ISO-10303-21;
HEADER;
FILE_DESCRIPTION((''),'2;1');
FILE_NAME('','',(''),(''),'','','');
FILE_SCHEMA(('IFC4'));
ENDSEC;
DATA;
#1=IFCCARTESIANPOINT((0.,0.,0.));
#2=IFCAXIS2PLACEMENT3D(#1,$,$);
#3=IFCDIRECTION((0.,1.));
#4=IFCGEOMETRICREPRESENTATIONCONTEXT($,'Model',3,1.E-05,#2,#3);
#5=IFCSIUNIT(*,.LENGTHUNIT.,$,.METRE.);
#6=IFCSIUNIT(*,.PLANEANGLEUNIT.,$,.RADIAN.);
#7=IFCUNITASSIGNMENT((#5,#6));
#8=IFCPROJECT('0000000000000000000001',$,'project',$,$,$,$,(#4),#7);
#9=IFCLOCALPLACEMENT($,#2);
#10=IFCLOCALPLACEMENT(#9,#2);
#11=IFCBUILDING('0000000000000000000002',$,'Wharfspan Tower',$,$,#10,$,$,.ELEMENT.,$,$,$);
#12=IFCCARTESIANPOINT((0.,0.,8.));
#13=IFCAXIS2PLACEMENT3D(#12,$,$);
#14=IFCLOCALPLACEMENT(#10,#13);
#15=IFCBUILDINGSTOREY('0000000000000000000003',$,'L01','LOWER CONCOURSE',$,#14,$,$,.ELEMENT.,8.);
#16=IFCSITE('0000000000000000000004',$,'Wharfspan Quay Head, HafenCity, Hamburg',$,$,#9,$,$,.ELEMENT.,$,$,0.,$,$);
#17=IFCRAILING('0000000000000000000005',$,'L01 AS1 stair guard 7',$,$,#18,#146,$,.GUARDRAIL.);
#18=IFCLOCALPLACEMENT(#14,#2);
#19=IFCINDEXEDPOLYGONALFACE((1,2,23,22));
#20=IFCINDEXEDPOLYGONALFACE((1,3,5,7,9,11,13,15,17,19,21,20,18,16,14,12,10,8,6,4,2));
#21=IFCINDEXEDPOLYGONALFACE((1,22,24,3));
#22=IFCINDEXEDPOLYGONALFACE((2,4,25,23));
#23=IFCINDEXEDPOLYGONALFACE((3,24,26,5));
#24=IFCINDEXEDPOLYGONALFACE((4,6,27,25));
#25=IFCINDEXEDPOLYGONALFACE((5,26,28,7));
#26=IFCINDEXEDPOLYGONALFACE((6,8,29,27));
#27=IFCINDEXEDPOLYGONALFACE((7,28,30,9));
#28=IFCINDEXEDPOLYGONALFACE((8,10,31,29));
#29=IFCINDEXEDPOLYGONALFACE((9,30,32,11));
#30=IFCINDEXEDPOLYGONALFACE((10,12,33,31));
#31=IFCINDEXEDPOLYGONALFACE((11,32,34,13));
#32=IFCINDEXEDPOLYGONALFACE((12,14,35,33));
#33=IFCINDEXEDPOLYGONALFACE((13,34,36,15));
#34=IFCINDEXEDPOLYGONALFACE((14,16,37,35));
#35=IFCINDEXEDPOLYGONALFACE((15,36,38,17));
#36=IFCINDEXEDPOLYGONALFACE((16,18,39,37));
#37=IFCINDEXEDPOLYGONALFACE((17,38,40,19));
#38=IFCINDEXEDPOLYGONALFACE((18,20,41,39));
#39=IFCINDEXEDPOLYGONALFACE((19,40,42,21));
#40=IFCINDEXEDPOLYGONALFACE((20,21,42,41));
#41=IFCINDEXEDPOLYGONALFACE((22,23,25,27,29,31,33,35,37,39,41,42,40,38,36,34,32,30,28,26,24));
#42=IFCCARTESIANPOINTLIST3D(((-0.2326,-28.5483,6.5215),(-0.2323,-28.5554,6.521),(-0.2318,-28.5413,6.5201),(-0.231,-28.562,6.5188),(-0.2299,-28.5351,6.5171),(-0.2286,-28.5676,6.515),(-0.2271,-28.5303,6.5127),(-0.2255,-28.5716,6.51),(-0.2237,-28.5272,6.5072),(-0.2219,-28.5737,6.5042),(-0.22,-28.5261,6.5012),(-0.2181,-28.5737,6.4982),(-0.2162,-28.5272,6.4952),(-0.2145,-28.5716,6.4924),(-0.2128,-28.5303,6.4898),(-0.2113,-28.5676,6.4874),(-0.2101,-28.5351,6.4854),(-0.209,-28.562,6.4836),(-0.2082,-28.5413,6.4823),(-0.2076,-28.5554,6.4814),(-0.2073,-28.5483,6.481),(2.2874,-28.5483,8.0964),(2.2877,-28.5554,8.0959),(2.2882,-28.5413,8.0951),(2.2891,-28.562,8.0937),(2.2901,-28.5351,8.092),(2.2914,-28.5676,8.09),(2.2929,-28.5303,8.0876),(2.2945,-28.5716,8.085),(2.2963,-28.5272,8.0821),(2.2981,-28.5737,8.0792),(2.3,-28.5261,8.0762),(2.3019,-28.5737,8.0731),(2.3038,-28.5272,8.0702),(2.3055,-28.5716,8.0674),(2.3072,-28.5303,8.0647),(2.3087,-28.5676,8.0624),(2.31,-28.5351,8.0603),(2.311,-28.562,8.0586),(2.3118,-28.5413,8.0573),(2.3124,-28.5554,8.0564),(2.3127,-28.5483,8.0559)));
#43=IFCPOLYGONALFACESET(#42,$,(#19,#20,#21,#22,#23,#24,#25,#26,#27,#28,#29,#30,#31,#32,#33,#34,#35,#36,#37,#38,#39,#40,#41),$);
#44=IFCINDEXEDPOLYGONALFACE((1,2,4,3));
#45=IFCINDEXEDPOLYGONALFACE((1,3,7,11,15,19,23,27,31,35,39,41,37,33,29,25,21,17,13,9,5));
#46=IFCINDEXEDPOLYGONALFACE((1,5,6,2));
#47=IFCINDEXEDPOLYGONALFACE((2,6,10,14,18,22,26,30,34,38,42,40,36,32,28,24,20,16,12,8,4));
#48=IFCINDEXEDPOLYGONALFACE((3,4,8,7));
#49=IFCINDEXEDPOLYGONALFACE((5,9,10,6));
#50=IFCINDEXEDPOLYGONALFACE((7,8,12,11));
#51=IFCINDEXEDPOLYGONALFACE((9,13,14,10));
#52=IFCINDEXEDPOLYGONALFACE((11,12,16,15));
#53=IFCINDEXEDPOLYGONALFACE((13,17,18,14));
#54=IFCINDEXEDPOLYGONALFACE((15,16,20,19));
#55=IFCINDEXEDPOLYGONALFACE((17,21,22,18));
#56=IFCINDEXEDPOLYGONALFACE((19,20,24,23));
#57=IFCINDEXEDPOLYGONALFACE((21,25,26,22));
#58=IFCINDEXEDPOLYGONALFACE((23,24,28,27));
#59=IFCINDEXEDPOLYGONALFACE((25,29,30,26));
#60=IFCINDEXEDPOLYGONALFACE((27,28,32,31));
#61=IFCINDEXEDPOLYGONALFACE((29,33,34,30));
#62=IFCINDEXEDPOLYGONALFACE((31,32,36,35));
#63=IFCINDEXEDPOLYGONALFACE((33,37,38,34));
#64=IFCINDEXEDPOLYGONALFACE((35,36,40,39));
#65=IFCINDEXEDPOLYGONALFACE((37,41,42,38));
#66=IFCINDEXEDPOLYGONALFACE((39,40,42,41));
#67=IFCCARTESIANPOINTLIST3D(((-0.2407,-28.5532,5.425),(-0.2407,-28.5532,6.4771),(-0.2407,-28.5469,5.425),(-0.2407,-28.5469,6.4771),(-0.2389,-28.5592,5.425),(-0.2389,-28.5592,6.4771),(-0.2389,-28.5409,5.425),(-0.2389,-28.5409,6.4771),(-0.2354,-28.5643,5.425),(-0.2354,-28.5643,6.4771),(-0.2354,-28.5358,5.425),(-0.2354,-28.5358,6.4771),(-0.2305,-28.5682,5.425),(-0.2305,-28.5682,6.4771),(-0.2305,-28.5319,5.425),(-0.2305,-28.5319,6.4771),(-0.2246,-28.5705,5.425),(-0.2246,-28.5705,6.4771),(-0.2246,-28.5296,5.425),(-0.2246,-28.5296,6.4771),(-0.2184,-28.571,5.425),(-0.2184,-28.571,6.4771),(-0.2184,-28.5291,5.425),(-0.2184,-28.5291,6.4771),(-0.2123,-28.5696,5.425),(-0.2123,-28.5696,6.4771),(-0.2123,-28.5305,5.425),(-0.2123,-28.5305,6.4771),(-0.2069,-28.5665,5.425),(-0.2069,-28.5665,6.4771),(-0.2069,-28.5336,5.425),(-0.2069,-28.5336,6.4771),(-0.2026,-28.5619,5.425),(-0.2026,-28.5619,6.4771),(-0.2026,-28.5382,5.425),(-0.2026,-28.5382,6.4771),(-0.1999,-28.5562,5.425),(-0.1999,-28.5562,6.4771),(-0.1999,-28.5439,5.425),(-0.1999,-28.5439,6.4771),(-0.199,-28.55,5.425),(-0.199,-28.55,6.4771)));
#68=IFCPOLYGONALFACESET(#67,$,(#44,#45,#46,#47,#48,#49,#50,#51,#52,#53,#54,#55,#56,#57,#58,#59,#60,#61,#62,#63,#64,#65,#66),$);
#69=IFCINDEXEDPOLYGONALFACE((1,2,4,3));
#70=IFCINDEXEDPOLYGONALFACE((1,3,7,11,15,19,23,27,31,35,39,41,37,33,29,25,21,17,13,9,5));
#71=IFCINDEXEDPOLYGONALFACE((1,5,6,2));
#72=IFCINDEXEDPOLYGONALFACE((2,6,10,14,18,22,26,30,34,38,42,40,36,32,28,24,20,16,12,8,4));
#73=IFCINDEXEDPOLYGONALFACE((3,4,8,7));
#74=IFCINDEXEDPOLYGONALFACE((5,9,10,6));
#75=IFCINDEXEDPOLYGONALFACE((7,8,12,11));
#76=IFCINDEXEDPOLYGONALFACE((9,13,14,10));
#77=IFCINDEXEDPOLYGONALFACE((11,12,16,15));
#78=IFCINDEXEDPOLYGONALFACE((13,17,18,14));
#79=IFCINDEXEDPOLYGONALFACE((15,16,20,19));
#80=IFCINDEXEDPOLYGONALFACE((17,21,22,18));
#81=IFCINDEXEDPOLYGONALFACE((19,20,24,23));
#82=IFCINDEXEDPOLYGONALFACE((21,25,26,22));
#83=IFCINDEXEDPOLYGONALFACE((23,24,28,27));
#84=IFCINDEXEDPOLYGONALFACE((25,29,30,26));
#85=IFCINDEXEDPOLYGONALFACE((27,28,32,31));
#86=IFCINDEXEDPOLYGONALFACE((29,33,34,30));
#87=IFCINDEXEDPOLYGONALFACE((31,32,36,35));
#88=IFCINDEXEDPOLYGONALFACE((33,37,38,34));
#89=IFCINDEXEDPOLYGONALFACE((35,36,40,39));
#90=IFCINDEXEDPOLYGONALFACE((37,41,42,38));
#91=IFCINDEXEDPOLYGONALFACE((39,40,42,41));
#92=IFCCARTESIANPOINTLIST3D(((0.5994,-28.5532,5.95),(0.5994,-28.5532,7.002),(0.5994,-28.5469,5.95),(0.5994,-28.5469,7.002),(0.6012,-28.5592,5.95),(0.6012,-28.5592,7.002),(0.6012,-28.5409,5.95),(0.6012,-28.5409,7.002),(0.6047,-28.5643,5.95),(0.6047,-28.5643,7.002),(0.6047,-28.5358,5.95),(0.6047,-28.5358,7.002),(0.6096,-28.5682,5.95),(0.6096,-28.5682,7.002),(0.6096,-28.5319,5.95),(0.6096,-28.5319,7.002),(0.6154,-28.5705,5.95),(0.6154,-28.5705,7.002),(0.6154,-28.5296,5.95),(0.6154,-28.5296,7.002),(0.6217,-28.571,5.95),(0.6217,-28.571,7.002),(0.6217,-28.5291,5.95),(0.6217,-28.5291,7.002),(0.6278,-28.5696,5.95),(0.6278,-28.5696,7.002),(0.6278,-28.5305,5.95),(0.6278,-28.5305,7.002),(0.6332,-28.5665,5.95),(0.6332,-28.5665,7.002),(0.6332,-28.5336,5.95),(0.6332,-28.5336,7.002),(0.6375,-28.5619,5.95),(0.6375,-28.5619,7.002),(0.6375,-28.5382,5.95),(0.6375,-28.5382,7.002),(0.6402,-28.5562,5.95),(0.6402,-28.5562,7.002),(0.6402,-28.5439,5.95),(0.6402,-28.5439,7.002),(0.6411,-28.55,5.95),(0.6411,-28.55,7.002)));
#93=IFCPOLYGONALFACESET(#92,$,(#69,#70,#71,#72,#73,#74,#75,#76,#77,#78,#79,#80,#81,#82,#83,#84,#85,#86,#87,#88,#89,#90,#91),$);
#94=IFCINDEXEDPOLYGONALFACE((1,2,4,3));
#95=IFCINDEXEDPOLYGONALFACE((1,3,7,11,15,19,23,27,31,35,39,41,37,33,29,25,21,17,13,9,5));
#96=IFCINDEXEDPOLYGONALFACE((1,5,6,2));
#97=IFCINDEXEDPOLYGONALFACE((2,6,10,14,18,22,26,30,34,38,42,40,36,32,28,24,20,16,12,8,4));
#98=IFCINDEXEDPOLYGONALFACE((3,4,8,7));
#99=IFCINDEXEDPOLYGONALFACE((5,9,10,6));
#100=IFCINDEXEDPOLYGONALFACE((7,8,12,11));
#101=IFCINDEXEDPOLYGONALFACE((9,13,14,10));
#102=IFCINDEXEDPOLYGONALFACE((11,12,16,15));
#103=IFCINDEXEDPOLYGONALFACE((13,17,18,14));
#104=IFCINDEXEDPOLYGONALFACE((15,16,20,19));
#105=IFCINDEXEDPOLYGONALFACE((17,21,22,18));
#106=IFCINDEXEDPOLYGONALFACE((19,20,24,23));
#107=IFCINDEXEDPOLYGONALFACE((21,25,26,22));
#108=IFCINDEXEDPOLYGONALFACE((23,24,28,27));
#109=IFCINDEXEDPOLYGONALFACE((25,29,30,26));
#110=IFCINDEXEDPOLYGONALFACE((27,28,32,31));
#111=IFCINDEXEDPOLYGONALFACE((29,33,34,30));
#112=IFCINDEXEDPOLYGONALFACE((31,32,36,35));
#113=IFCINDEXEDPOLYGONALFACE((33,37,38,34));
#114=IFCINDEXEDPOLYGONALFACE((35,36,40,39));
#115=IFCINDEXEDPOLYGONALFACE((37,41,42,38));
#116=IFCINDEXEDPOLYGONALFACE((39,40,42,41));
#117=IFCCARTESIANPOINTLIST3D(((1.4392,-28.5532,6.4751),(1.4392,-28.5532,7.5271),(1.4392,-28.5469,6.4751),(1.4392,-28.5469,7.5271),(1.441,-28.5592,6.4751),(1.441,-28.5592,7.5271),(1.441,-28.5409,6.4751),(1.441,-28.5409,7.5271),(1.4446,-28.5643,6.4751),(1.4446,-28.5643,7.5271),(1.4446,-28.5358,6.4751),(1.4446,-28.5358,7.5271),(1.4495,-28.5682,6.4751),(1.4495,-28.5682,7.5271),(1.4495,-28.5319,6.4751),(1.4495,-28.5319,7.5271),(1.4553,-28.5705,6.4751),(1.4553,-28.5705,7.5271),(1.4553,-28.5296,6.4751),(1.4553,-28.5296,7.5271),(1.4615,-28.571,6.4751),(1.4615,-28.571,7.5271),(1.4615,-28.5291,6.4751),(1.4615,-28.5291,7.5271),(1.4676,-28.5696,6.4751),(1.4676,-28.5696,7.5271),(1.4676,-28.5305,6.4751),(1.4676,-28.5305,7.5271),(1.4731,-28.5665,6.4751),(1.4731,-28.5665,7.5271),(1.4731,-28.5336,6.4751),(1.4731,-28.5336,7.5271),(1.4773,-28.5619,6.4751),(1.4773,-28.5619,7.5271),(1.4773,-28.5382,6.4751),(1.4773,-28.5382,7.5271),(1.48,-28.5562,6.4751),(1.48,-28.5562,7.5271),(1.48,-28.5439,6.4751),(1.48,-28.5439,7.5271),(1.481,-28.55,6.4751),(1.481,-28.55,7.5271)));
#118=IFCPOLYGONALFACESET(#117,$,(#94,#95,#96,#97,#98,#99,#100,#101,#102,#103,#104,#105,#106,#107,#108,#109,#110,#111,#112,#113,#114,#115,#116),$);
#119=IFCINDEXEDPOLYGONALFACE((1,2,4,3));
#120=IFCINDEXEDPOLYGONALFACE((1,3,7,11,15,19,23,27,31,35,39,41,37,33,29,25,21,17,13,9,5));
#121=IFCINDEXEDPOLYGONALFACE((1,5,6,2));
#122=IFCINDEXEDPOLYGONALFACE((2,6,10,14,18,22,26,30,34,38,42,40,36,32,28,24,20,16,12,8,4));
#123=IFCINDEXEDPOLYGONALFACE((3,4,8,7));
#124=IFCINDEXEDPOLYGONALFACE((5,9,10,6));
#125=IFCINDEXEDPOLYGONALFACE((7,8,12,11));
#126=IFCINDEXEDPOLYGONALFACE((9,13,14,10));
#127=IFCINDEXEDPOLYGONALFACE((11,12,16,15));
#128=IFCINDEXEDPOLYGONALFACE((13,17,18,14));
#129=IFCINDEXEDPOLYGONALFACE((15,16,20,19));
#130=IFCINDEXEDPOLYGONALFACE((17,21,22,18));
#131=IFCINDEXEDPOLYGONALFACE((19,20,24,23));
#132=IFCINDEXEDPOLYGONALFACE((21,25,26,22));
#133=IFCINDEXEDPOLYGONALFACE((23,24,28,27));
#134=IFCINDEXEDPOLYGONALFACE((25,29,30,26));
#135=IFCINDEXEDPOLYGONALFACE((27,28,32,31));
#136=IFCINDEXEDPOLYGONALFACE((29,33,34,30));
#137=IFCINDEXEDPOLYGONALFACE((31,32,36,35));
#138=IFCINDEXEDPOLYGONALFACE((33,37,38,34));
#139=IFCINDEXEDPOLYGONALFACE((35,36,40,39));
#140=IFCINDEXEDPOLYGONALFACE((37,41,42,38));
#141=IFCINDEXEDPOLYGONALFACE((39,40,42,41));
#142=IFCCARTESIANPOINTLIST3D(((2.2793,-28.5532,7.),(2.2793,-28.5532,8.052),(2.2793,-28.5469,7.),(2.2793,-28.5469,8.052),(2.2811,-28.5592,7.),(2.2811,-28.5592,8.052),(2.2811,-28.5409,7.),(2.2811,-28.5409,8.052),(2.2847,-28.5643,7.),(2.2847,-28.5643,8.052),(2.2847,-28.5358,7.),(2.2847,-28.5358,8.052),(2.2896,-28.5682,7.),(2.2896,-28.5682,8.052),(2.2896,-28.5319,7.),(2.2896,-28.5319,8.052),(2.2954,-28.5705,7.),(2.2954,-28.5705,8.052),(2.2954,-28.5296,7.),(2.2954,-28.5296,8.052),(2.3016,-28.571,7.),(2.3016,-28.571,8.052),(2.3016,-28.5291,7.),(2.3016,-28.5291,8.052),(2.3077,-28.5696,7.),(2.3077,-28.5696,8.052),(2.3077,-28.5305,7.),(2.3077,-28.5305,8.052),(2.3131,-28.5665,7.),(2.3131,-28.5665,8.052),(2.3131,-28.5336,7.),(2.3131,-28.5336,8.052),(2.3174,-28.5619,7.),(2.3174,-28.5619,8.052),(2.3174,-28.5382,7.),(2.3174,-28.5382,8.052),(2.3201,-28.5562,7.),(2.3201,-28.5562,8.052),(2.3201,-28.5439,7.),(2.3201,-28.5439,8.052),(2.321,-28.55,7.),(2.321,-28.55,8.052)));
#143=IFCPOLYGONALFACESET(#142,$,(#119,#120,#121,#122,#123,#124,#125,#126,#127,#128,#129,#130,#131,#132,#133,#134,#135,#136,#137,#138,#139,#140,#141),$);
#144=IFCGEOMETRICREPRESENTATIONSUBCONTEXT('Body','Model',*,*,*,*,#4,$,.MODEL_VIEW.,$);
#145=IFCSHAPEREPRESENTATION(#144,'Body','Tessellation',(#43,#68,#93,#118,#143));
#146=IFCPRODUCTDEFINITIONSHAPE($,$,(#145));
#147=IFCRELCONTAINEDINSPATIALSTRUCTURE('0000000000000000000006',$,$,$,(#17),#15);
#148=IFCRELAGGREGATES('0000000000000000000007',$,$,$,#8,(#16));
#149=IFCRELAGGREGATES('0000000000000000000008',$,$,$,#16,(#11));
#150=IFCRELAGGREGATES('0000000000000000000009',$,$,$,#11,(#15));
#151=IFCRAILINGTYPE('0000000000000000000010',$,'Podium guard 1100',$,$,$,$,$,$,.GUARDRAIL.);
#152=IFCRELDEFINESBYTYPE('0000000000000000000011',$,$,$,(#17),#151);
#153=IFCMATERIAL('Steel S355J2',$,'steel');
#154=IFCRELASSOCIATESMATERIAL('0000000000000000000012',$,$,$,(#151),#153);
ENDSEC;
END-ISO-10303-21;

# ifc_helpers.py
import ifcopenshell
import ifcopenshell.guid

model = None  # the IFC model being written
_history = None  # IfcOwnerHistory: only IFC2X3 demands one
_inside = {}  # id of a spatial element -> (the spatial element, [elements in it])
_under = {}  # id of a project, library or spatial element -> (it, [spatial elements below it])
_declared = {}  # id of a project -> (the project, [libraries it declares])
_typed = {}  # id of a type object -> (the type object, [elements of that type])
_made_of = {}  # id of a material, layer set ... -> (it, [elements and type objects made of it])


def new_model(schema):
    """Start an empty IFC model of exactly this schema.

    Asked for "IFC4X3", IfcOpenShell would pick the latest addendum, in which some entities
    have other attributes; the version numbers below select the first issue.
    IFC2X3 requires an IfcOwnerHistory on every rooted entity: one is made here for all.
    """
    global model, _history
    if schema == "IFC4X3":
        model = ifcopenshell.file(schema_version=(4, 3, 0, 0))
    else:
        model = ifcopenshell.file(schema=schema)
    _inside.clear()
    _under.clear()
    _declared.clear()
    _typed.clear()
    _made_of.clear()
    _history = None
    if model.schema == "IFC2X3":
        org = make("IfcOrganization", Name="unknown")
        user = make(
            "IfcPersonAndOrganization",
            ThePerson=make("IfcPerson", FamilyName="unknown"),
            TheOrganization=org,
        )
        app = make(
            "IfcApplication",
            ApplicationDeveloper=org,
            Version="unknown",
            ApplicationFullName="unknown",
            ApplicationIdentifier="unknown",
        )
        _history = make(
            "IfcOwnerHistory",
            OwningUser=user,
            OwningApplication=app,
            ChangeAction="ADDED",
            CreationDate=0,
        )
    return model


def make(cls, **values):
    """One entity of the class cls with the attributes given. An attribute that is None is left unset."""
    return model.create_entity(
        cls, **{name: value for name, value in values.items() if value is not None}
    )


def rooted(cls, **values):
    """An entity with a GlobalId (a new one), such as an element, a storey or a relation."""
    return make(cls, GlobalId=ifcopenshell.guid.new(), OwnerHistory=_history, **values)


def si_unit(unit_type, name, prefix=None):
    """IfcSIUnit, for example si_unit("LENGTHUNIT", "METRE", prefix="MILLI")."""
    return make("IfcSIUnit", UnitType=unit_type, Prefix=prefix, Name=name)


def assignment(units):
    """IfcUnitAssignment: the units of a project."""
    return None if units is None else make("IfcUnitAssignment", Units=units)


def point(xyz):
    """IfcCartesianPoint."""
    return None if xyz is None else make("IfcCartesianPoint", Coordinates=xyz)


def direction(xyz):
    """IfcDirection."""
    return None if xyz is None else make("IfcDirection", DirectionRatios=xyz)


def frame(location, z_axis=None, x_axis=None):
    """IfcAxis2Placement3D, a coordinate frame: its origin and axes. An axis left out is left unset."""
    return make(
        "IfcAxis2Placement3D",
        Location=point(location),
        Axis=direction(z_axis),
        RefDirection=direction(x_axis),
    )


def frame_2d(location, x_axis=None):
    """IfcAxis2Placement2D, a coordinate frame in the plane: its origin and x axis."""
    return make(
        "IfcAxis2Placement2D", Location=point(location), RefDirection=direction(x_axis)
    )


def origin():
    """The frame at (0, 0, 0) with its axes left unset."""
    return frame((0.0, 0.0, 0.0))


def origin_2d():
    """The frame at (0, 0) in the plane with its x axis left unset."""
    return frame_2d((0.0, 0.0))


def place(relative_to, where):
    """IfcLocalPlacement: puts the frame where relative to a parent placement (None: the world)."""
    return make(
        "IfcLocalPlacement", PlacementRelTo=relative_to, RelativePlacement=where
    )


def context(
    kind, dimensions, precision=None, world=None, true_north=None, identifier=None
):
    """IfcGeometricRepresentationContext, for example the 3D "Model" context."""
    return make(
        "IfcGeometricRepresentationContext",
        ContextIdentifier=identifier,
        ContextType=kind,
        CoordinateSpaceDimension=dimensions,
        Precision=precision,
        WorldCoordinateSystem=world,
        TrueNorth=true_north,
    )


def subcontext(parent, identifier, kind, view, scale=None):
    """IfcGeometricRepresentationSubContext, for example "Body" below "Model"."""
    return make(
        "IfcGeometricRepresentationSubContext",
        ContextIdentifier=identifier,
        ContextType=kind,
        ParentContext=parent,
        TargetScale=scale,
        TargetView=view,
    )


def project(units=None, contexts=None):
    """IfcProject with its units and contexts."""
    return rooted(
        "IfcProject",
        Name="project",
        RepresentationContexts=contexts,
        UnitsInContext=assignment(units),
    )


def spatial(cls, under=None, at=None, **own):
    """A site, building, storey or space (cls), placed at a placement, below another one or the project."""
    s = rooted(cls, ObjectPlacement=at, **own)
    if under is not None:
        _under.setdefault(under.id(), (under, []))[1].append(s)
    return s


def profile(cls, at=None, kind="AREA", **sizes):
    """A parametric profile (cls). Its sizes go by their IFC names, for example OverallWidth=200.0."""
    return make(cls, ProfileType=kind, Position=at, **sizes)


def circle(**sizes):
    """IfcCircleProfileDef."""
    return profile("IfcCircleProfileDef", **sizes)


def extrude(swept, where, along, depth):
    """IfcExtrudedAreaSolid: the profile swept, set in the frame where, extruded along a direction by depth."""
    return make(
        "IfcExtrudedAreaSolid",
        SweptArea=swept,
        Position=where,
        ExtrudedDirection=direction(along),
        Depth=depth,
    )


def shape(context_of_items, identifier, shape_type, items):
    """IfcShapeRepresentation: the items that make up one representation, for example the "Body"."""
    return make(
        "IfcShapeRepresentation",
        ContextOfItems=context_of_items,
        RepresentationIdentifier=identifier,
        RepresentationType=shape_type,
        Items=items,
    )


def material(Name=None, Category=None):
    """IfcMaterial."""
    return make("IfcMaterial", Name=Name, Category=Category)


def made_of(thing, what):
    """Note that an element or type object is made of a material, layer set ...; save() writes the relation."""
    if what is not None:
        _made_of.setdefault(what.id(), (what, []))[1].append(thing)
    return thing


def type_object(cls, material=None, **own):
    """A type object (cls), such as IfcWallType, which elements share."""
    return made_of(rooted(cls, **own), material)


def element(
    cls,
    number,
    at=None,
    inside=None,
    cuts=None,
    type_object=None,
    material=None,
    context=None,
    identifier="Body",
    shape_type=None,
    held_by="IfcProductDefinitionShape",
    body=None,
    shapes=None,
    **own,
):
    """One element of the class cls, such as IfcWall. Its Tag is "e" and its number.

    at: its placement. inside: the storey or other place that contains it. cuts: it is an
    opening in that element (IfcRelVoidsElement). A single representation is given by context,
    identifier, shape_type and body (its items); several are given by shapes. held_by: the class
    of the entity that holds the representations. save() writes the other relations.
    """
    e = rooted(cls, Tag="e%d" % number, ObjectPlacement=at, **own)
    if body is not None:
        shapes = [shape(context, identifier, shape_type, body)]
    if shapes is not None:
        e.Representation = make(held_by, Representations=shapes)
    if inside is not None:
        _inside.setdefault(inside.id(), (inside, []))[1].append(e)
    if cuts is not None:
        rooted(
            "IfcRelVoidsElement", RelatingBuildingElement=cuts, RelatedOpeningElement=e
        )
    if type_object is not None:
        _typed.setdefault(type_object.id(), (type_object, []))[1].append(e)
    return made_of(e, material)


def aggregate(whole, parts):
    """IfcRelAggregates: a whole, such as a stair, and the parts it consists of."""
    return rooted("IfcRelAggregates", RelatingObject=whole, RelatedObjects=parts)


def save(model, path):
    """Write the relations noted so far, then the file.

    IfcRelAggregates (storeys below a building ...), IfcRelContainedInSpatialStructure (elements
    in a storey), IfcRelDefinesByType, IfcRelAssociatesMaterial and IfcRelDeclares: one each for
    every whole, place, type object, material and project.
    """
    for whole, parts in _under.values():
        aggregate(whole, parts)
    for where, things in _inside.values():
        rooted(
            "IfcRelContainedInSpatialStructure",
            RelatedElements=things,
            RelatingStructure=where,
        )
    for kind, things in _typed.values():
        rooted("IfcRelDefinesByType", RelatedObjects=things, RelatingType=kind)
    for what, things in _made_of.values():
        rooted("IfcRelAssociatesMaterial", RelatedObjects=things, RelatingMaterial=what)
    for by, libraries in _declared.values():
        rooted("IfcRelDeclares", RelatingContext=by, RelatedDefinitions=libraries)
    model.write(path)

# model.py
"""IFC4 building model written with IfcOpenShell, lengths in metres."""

from ifc_helpers import new_model, si_unit, direction, frame, origin, origin_2d, place, context, subcontext, project, spatial, circle, extrude, material, type_object, element, save


model = new_model("IFC4")

# Units and contexts
model_context = context("Model", 3, precision=1e-05, world=origin(), true_north=direction((0.0, 1.0)))
body_context = subcontext(model_context, "Body", "Model", "MODEL_VIEW")
ifc_project = project(units=[si_unit("LENGTHUNIT", "METRE"), si_unit("PLANEANGLEUNIT", "RADIAN")], contexts=[model_context])

# Site, building, storey
site_placement = place(None, origin())
site = spatial("IfcSite", under=ifc_project, at=site_placement, Name="Wharfspan Quay Head, HafenCity, Hamburg", CompositionType="ELEMENT", RefElevation=0.0)
building_placement = place(site_placement, origin())
building = spatial("IfcBuilding", under=site, at=building_placement, Name="Wharfspan Tower", CompositionType="ELEMENT")
storey_placement = place(building_placement, frame((0.0, 0.0, 8.0)))
storey = spatial("IfcBuildingStorey", under=building, at=storey_placement, Name="L01", Description="LOWER CONCOURSE", CompositionType="ELEMENT", Elevation=8.0)

# Railing
ifc_material_1 = material(Name="Steel S355J2", Category="steel")
railing_type_1 = type_object("IfcRailingType", Name="Podium guard 1100", PredefinedType="GUARDRAIL", material=ifc_material_1)
railing_1_placement = place(storey_placement, frame((-0.22, -28.55, 5.425)))
element("IfcRailing", 1, at=railing_1_placement, inside=storey, type_object=railing_type_1, Name="L01 AS1 stair guard 7", PredefinedType="GUARDRAIL", context=body_context, shape_type="SweptSolid", body=[
    extrude(circle(Radius=0.0239, at=origin_2d()), frame((0.0, 0.0, 1.0762), z_axis=(0.848008, 0.0, 0.529984), x_axis=(0.0, 1.0, 0.0)), (0.0, 0.0, 1.0), 2.9717),
    extrude(circle(Radius=0.021, at=origin_2d()), origin(), (0.0, 0.0, 1.0), 1.052),
    extrude(circle(Radius=0.021, at=origin_2d()), frame((0.8401, 0.0, 0.5249)), (0.0, 0.0, 1.0), 1.052),
    extrude(circle(Radius=0.021, at=origin_2d()), frame((1.6799, 0.0, 1.05)), (0.0, 0.0, 1.0), 1.052),
    extrude(circle(Radius=0.021, at=origin_2d()), frame((2.52, 0.0, 1.575)), (0.0, 0.0, 1.0), 1.052),
])

save(model, "model.ifc")
